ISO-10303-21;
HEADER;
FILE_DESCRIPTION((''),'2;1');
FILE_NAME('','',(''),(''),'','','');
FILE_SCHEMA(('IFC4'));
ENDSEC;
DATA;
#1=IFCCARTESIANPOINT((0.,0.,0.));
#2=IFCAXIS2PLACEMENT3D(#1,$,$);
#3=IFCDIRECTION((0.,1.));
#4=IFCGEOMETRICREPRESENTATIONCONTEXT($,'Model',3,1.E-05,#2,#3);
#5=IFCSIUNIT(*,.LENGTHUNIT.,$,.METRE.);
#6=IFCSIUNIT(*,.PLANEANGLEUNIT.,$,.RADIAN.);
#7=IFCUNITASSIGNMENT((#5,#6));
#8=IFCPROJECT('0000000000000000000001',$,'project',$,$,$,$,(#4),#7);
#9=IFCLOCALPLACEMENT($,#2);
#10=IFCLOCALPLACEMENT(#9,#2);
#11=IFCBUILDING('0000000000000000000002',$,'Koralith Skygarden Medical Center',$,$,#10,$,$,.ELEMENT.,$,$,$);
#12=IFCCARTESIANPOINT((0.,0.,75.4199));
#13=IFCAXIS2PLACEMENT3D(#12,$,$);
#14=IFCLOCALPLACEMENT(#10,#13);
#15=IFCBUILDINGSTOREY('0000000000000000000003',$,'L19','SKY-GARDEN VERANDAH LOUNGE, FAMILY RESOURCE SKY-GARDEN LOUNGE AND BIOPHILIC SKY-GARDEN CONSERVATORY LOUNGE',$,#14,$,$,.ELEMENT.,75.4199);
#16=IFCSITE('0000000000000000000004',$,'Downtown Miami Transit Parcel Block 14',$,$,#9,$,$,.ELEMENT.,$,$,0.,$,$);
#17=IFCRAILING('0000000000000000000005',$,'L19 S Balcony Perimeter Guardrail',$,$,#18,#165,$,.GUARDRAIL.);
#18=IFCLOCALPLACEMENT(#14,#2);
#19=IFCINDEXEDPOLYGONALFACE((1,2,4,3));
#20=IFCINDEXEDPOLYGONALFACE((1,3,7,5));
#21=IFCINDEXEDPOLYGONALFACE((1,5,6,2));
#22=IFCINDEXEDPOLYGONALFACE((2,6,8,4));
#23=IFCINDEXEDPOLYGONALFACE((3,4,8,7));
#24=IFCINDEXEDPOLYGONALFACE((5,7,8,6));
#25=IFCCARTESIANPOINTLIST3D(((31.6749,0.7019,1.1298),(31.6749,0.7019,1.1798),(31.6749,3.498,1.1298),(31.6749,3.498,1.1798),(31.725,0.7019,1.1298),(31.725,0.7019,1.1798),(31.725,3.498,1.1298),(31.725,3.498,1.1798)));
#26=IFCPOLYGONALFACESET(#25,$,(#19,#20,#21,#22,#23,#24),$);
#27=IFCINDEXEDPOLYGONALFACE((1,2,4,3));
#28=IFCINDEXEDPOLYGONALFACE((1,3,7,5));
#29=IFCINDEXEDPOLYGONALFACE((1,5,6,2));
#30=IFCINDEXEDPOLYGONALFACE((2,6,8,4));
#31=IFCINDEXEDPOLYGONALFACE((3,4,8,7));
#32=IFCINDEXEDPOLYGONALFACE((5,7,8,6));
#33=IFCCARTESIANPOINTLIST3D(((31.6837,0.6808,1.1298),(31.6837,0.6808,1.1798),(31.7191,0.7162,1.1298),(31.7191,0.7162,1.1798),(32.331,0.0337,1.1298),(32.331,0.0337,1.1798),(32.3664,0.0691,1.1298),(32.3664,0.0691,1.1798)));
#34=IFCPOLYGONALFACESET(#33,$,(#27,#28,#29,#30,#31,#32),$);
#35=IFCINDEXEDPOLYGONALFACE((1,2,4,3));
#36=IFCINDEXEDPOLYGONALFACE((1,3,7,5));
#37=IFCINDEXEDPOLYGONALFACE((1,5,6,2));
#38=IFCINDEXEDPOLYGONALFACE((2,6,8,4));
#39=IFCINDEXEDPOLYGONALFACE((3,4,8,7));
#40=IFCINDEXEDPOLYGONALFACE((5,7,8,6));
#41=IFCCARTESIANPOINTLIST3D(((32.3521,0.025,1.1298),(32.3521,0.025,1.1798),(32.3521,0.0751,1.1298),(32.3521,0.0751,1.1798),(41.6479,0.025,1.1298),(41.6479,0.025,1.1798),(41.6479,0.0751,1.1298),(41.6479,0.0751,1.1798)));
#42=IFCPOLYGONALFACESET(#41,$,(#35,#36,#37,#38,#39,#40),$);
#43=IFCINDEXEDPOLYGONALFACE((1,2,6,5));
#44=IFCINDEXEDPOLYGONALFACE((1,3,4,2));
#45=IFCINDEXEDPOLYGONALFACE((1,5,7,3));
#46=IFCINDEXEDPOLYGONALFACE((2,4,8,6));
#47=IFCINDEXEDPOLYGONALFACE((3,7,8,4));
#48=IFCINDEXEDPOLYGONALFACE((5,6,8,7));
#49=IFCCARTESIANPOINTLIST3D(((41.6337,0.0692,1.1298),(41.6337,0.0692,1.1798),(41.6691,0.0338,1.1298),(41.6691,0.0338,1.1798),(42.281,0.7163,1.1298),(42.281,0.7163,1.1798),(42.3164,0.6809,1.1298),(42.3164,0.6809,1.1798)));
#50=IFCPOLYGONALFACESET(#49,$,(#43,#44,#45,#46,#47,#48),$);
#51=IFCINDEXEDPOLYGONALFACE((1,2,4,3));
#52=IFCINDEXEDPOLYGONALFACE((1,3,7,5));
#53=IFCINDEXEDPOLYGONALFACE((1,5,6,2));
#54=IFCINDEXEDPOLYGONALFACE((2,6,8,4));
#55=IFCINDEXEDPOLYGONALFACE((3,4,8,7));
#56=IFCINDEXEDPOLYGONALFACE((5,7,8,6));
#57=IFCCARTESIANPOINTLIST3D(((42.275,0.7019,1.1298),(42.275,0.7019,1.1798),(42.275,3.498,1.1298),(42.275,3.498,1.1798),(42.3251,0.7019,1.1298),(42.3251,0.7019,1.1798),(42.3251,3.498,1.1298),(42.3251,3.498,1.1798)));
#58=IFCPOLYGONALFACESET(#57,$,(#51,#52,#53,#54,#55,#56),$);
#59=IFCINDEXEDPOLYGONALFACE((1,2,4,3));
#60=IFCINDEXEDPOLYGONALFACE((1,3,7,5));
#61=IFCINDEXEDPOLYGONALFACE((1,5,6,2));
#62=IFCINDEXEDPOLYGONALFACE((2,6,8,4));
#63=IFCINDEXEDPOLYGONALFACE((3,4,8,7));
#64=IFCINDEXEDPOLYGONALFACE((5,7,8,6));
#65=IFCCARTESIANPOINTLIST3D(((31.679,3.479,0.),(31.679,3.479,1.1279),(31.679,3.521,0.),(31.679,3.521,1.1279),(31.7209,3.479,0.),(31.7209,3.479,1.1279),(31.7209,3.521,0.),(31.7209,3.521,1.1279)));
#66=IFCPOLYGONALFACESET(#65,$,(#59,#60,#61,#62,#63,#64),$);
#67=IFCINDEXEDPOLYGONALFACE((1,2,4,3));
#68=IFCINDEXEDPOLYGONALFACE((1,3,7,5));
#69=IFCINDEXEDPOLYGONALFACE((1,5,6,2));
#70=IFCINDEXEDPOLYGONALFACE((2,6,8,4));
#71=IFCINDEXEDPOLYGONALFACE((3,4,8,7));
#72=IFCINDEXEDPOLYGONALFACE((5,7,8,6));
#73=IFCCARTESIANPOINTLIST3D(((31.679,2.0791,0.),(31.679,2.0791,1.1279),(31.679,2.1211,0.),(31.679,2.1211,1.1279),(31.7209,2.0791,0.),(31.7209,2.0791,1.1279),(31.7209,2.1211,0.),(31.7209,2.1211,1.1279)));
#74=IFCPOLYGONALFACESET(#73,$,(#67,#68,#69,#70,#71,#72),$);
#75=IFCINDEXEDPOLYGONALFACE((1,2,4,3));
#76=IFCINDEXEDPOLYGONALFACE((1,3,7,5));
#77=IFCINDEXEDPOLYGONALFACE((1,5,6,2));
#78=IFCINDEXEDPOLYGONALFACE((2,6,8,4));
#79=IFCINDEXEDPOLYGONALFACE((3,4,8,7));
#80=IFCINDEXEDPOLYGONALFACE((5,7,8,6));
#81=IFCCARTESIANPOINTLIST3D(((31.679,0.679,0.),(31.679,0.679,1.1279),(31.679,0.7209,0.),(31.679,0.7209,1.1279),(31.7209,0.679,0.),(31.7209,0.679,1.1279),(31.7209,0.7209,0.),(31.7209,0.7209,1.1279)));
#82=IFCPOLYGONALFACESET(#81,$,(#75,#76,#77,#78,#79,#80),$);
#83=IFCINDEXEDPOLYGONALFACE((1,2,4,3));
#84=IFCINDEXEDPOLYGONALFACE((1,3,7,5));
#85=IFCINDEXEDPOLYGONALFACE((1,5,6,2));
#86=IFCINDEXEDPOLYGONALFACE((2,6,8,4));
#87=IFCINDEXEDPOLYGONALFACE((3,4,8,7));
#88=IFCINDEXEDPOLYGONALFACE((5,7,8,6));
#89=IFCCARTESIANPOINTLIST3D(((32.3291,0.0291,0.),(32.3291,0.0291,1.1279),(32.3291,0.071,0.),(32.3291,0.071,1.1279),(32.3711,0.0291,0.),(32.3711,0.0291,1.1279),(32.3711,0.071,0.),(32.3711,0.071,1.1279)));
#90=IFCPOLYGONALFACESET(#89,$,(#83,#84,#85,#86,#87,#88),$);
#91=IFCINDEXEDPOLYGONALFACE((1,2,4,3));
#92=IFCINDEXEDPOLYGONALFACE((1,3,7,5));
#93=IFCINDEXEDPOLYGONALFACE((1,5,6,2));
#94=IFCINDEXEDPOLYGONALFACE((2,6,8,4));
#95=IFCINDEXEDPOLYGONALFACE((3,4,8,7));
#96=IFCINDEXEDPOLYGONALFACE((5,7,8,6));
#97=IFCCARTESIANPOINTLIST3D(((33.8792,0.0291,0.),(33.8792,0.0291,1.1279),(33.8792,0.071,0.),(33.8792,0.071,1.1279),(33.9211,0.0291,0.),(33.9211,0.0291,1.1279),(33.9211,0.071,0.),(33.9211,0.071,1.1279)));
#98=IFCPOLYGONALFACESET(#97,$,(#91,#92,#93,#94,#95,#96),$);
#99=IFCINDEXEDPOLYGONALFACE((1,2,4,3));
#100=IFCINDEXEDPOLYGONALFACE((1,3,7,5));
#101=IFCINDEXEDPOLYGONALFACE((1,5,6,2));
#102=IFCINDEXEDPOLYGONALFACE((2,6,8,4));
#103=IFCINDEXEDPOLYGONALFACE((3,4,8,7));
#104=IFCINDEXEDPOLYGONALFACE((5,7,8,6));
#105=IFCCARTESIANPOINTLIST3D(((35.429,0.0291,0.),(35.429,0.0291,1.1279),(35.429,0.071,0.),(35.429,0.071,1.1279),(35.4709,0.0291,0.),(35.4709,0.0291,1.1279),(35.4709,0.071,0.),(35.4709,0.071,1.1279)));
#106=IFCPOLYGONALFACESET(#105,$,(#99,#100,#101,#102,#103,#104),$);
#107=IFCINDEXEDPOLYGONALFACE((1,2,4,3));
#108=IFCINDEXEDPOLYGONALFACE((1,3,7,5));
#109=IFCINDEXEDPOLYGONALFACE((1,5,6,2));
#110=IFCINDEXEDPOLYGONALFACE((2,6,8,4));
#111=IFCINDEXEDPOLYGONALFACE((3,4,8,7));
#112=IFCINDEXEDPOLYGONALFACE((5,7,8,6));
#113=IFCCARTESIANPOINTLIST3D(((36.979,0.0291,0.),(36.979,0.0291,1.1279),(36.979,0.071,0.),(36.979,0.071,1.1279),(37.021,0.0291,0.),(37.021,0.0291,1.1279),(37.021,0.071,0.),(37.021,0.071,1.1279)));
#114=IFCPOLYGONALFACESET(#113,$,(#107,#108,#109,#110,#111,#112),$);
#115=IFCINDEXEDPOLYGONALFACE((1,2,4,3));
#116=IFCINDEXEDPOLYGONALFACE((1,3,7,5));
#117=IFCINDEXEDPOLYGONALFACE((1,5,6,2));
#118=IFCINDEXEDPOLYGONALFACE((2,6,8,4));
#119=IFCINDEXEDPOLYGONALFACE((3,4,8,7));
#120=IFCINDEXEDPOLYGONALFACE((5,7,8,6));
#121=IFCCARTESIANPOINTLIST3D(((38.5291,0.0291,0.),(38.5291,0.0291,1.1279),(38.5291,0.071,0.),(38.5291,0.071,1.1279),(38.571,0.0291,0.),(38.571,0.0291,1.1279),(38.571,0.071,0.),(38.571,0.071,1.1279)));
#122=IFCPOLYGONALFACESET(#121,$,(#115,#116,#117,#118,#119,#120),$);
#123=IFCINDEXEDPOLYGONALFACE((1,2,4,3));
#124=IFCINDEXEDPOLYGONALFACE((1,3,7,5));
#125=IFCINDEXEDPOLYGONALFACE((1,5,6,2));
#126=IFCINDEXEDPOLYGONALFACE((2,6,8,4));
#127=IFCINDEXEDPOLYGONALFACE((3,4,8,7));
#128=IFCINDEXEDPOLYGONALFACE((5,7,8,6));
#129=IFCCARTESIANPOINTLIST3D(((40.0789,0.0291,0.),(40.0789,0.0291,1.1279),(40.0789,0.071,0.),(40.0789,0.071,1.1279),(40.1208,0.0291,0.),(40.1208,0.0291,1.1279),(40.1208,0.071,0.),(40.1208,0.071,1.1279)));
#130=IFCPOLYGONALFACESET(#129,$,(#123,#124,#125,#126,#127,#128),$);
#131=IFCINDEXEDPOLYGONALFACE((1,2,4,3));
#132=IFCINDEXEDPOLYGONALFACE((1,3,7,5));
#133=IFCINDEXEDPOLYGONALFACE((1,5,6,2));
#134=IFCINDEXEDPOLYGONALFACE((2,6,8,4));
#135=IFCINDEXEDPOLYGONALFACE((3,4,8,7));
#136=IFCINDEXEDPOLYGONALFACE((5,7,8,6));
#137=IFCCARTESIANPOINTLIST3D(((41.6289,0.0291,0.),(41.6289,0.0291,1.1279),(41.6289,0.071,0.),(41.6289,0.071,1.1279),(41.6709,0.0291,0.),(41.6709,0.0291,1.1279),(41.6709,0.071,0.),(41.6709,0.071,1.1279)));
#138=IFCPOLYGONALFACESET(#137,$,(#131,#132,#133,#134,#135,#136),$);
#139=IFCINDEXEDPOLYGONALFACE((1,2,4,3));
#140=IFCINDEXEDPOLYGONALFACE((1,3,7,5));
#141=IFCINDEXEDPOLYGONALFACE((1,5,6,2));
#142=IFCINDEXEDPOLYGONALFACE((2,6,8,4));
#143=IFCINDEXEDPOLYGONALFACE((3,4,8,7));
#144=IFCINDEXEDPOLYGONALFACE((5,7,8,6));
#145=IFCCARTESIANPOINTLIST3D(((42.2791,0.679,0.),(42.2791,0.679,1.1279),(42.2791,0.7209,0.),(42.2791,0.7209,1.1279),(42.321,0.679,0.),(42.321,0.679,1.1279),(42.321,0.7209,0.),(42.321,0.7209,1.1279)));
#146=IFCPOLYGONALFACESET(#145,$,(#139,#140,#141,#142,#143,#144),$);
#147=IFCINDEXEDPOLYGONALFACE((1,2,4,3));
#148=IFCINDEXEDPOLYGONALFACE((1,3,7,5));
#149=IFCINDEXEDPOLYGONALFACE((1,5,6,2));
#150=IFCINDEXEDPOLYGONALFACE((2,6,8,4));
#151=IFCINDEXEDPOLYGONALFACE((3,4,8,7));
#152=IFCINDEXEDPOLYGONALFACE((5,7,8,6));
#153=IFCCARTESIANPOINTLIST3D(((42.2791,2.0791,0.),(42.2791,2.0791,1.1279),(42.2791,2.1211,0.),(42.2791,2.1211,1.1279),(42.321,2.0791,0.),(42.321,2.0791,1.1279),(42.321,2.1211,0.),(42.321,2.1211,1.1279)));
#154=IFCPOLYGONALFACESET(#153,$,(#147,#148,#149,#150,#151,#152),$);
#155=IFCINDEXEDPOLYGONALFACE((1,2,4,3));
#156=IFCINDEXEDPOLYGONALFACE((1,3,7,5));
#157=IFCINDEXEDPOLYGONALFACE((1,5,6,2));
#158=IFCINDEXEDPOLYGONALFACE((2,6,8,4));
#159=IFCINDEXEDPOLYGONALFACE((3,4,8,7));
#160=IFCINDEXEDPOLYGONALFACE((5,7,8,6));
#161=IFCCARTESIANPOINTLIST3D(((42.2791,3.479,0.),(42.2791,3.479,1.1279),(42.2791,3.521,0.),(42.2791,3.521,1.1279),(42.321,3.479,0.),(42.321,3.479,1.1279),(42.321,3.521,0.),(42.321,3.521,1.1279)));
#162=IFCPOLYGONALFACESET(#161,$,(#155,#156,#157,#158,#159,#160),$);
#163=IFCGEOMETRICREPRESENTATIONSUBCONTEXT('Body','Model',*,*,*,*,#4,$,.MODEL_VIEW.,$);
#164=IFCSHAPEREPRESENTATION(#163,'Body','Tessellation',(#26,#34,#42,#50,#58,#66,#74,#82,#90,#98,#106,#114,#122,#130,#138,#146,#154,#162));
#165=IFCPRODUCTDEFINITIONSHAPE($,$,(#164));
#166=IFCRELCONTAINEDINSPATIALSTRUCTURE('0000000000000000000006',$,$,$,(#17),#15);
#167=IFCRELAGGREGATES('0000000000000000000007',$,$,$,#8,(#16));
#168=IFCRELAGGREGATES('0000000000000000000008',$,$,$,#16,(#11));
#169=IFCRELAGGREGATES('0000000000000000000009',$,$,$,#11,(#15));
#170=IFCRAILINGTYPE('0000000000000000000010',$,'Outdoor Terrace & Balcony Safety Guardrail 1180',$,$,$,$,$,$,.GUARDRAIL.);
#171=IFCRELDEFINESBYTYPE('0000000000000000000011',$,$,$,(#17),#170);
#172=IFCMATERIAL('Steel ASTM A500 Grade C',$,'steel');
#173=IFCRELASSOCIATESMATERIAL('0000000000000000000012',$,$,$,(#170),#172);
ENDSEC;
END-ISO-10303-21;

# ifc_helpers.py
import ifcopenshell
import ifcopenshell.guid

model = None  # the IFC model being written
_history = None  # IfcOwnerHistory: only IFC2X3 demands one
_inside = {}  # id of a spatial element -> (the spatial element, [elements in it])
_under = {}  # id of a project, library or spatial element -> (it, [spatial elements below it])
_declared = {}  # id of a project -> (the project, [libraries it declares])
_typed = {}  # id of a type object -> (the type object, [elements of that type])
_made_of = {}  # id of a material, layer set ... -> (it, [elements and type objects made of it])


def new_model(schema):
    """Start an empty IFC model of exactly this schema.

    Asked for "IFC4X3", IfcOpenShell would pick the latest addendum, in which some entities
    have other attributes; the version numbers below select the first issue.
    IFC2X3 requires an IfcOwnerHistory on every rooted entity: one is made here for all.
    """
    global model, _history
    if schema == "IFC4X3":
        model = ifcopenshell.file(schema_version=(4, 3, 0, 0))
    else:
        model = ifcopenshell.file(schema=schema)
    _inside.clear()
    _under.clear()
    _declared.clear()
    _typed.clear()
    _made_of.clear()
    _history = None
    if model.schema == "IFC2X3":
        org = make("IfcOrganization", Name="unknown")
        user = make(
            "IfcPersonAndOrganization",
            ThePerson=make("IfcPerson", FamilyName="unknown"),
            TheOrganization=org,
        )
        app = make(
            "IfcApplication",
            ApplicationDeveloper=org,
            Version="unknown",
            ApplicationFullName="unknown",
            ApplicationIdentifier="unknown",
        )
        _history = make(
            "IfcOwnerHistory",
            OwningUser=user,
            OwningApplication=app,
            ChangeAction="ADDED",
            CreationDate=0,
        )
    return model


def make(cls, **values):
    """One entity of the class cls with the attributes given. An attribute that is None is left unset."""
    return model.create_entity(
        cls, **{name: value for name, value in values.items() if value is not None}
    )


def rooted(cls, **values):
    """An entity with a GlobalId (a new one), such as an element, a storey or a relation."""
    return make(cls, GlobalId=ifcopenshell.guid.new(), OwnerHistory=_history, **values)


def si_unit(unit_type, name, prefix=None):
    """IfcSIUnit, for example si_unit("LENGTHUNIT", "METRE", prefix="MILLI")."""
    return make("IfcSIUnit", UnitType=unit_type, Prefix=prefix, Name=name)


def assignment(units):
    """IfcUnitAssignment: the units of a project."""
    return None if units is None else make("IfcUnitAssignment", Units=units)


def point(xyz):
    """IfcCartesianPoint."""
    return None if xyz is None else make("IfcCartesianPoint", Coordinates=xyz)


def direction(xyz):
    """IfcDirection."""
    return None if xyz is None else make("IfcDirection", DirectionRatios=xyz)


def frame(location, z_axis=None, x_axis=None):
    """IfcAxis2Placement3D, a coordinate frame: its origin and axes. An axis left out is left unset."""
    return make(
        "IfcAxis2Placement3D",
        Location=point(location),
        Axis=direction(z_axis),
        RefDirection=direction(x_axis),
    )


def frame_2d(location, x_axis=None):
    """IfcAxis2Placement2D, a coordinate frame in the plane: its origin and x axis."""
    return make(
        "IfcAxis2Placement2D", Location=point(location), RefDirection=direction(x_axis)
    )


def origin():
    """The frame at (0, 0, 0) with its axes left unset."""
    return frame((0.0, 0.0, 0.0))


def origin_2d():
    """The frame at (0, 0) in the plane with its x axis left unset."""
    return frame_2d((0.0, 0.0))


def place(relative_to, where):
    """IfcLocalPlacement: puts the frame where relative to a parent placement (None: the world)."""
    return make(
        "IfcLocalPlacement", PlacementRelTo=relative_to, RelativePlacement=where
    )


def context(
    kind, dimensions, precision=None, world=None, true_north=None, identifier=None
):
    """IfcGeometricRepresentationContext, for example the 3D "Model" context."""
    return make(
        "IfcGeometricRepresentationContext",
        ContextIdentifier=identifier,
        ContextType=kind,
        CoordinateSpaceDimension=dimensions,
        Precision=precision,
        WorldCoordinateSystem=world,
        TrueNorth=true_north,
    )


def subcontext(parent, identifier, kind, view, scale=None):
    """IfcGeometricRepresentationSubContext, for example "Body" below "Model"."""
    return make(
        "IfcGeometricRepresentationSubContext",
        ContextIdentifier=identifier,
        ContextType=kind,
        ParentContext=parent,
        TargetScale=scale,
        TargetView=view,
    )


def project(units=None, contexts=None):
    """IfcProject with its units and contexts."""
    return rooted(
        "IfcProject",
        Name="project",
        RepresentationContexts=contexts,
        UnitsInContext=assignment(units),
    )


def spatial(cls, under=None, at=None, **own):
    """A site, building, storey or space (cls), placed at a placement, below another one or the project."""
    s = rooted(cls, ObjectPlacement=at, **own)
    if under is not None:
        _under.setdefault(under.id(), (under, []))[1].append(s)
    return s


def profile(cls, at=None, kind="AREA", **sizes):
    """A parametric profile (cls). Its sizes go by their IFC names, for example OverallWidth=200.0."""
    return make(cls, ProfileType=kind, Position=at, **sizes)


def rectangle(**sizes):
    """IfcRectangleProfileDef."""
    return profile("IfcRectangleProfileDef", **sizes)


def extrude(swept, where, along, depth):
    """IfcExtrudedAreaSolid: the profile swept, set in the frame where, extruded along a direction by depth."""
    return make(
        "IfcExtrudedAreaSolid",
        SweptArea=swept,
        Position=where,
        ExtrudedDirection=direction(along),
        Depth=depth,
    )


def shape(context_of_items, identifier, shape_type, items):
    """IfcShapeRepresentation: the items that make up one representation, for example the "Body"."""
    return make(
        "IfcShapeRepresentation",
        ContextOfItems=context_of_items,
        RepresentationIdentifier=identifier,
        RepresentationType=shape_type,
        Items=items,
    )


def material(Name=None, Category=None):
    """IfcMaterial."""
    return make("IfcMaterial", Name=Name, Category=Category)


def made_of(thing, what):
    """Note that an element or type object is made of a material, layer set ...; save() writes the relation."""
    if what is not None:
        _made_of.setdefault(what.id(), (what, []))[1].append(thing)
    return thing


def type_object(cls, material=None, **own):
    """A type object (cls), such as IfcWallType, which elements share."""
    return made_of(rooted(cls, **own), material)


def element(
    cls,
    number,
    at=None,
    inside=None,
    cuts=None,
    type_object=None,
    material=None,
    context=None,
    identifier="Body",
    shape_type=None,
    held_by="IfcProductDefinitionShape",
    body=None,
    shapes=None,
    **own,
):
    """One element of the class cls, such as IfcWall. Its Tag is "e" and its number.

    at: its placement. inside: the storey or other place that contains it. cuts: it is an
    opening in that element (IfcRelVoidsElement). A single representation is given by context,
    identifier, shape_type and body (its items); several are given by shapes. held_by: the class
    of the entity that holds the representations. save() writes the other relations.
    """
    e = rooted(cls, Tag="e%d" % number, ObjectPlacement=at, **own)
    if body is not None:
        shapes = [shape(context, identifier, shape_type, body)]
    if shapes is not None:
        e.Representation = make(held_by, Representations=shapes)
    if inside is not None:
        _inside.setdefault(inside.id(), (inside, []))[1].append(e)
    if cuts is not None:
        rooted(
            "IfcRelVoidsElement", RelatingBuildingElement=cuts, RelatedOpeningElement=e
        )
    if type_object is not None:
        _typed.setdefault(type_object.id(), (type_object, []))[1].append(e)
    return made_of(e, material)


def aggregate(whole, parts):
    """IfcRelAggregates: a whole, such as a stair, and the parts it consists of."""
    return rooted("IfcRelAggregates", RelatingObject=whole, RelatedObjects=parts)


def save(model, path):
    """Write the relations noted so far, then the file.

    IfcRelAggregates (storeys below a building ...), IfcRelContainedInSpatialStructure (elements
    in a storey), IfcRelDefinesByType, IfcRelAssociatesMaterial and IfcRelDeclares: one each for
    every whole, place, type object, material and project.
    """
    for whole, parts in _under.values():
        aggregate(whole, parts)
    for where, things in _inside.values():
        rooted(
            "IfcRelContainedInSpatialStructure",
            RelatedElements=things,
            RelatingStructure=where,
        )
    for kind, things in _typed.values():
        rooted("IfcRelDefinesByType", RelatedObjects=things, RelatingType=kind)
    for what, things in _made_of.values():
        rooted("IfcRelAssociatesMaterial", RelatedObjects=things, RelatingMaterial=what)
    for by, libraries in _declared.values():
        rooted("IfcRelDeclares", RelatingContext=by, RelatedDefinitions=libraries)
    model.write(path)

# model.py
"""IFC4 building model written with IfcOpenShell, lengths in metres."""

from ifc_helpers import new_model, si_unit, direction, frame, origin, origin_2d, place, context, subcontext, project, spatial, rectangle, extrude, material, type_object, element, save


model = new_model("IFC4")

# Units and contexts
model_context = context("Model", 3, precision=1e-05, world=origin(), true_north=direction((0.0, 1.0)))
body_context = subcontext(model_context, "Body", "Model", "MODEL_VIEW")
ifc_project = project(units=[si_unit("LENGTHUNIT", "METRE"), si_unit("PLANEANGLEUNIT", "RADIAN")], contexts=[model_context])

# Site, building, storey
site_placement = place(None, origin())
site = spatial("IfcSite", under=ifc_project, at=site_placement, Name="Downtown Miami Transit Parcel Block 14", CompositionType="ELEMENT", RefElevation=0.0)
building_placement = place(site_placement, origin())
building = spatial("IfcBuilding", under=site, at=building_placement, Name="Koralith Skygarden Medical Center", CompositionType="ELEMENT")
storey_placement = place(building_placement, frame((0.0, 0.0, 75.4199)))
storey = spatial("IfcBuildingStorey", under=building, at=storey_placement, Name="L19", Description="SKY-GARDEN VERANDAH LOUNGE, FAMILY RESOURCE SKY-GARDEN LOUNGE AND BIOPHILIC SKY-GARDEN CONSERVATORY LOUNGE", CompositionType="ELEMENT", Elevation=75.4199)

# Railing
ifc_material_1 = material(Name="Steel ASTM A500 Grade C", Category="steel")
railing_type = type_object("IfcRailingType", Name="Outdoor Terrace & Balcony Safety Guardrail 1180", PredefinedType="GUARDRAIL", material=ifc_material_1)
railing_placement = place(storey_placement, frame((31.7, 3.5, 0.0)))
element("IfcRailing", 1, at=railing_placement, inside=storey, type_object=railing_type, Name="L19 S Balcony Perimeter Guardrail", PredefinedType="GUARDRAIL", context=body_context, shape_type="SweptSolid", body=[
    extrude(rectangle(XDim=0.05, YDim=0.05, at=origin_2d()), frame((0.0, -0.002, 1.1548), z_axis=(0.0, -1.0, 0.0), x_axis=(1.0, 0.0, 0.0)), (0.0, 0.0, 1.0), 2.7961),
    extrude(rectangle(XDim=0.05, YDim=0.05, at=origin_2d()), frame((0.0015, -2.8015, 1.1548), z_axis=(0.70724, -0.706974, 0.0), x_axis=(0.706974, 0.70724, 0.0)), (0.0, 0.0, 1.0), 0.9153),
    extrude(rectangle(XDim=0.05, YDim=0.05, at=origin_2d()), frame((0.6521, -3.45, 1.1548), z_axis=(1.0, 0.0, 0.0), x_axis=(0.0, 1.0, 0.0)), (0.0, 0.0, 1.0), 9.2959),
    extrude(rectangle(XDim=0.05, YDim=0.05, at=origin_2d()), frame((9.9514, -3.4485, 1.1548), z_axis=(0.70724, 0.706974, 0.0), x_axis=(-0.706974, 0.70724, 0.0)), (0.0, 0.0, 1.0), 0.9153),
    extrude(rectangle(XDim=0.05, YDim=0.05, at=origin_2d()), frame((10.6001, -2.7981, 1.1548), z_axis=(0.0, 1.0, 0.0), x_axis=(-1.0, 0.0, 0.0)), (0.0, 0.0, 1.0), 2.7961),
    extrude(rectangle(XDim=0.042, YDim=0.042, at=origin_2d()), origin(), (0.0, 0.0, 1.0), 1.1279),
    extrude(rectangle(XDim=0.042, YDim=0.042, at=origin_2d()), frame((0.0, -1.3999, 0.0)), (0.0, 0.0, 1.0), 1.1279),
    extrude(rectangle(XDim=0.042, YDim=0.042, at=origin_2d()), frame((0.0, -2.8, 0.0)), (0.0, 0.0, 1.0), 1.1279),
    extrude(rectangle(XDim=0.042, YDim=0.042, at=origin_2d()), frame((0.6501, -3.45, 0.0)), (0.0, 0.0, 1.0), 1.1279),
    extrude(rectangle(XDim=0.042, YDim=0.042, at=origin_2d()), frame((2.2002, -3.45, 0.0)), (0.0, 0.0, 1.0), 1.1279),
    extrude(rectangle(XDim=0.042, YDim=0.042, at=origin_2d()), frame((3.75, -3.45, 0.0)), (0.0, 0.0, 1.0), 1.1279),
    extrude(rectangle(XDim=0.042, YDim=0.042, at=origin_2d()), frame((5.3, -3.45, 0.0)), (0.0, 0.0, 1.0), 1.1279),
    extrude(rectangle(XDim=0.042, YDim=0.042, at=origin_2d()), frame((6.8501, -3.45, 0.0)), (0.0, 0.0, 1.0), 1.1279),
    extrude(rectangle(XDim=0.042, YDim=0.042, at=origin_2d()), frame((8.3999, -3.45, 0.0)), (0.0, 0.0, 1.0), 1.1279),
    extrude(rectangle(XDim=0.042, YDim=0.042, at=origin_2d()), frame((9.95, -3.45, 0.0)), (0.0, 0.0, 1.0), 1.1279),
    extrude(rectangle(XDim=0.042, YDim=0.042, at=origin_2d()), frame((10.6001, -2.8, 0.0)), (0.0, 0.0, 1.0), 1.1279),
    extrude(rectangle(XDim=0.042, YDim=0.042, at=origin_2d()), frame((10.6001, -1.3999, 0.0)), (0.0, 0.0, 1.0), 1.1279),
    extrude(rectangle(XDim=0.042, YDim=0.042, at=origin_2d()), frame((10.6001, 0.0, 0.0)), (0.0, 0.0, 1.0), 1.1279),
])

save(model, "model.ifc")
